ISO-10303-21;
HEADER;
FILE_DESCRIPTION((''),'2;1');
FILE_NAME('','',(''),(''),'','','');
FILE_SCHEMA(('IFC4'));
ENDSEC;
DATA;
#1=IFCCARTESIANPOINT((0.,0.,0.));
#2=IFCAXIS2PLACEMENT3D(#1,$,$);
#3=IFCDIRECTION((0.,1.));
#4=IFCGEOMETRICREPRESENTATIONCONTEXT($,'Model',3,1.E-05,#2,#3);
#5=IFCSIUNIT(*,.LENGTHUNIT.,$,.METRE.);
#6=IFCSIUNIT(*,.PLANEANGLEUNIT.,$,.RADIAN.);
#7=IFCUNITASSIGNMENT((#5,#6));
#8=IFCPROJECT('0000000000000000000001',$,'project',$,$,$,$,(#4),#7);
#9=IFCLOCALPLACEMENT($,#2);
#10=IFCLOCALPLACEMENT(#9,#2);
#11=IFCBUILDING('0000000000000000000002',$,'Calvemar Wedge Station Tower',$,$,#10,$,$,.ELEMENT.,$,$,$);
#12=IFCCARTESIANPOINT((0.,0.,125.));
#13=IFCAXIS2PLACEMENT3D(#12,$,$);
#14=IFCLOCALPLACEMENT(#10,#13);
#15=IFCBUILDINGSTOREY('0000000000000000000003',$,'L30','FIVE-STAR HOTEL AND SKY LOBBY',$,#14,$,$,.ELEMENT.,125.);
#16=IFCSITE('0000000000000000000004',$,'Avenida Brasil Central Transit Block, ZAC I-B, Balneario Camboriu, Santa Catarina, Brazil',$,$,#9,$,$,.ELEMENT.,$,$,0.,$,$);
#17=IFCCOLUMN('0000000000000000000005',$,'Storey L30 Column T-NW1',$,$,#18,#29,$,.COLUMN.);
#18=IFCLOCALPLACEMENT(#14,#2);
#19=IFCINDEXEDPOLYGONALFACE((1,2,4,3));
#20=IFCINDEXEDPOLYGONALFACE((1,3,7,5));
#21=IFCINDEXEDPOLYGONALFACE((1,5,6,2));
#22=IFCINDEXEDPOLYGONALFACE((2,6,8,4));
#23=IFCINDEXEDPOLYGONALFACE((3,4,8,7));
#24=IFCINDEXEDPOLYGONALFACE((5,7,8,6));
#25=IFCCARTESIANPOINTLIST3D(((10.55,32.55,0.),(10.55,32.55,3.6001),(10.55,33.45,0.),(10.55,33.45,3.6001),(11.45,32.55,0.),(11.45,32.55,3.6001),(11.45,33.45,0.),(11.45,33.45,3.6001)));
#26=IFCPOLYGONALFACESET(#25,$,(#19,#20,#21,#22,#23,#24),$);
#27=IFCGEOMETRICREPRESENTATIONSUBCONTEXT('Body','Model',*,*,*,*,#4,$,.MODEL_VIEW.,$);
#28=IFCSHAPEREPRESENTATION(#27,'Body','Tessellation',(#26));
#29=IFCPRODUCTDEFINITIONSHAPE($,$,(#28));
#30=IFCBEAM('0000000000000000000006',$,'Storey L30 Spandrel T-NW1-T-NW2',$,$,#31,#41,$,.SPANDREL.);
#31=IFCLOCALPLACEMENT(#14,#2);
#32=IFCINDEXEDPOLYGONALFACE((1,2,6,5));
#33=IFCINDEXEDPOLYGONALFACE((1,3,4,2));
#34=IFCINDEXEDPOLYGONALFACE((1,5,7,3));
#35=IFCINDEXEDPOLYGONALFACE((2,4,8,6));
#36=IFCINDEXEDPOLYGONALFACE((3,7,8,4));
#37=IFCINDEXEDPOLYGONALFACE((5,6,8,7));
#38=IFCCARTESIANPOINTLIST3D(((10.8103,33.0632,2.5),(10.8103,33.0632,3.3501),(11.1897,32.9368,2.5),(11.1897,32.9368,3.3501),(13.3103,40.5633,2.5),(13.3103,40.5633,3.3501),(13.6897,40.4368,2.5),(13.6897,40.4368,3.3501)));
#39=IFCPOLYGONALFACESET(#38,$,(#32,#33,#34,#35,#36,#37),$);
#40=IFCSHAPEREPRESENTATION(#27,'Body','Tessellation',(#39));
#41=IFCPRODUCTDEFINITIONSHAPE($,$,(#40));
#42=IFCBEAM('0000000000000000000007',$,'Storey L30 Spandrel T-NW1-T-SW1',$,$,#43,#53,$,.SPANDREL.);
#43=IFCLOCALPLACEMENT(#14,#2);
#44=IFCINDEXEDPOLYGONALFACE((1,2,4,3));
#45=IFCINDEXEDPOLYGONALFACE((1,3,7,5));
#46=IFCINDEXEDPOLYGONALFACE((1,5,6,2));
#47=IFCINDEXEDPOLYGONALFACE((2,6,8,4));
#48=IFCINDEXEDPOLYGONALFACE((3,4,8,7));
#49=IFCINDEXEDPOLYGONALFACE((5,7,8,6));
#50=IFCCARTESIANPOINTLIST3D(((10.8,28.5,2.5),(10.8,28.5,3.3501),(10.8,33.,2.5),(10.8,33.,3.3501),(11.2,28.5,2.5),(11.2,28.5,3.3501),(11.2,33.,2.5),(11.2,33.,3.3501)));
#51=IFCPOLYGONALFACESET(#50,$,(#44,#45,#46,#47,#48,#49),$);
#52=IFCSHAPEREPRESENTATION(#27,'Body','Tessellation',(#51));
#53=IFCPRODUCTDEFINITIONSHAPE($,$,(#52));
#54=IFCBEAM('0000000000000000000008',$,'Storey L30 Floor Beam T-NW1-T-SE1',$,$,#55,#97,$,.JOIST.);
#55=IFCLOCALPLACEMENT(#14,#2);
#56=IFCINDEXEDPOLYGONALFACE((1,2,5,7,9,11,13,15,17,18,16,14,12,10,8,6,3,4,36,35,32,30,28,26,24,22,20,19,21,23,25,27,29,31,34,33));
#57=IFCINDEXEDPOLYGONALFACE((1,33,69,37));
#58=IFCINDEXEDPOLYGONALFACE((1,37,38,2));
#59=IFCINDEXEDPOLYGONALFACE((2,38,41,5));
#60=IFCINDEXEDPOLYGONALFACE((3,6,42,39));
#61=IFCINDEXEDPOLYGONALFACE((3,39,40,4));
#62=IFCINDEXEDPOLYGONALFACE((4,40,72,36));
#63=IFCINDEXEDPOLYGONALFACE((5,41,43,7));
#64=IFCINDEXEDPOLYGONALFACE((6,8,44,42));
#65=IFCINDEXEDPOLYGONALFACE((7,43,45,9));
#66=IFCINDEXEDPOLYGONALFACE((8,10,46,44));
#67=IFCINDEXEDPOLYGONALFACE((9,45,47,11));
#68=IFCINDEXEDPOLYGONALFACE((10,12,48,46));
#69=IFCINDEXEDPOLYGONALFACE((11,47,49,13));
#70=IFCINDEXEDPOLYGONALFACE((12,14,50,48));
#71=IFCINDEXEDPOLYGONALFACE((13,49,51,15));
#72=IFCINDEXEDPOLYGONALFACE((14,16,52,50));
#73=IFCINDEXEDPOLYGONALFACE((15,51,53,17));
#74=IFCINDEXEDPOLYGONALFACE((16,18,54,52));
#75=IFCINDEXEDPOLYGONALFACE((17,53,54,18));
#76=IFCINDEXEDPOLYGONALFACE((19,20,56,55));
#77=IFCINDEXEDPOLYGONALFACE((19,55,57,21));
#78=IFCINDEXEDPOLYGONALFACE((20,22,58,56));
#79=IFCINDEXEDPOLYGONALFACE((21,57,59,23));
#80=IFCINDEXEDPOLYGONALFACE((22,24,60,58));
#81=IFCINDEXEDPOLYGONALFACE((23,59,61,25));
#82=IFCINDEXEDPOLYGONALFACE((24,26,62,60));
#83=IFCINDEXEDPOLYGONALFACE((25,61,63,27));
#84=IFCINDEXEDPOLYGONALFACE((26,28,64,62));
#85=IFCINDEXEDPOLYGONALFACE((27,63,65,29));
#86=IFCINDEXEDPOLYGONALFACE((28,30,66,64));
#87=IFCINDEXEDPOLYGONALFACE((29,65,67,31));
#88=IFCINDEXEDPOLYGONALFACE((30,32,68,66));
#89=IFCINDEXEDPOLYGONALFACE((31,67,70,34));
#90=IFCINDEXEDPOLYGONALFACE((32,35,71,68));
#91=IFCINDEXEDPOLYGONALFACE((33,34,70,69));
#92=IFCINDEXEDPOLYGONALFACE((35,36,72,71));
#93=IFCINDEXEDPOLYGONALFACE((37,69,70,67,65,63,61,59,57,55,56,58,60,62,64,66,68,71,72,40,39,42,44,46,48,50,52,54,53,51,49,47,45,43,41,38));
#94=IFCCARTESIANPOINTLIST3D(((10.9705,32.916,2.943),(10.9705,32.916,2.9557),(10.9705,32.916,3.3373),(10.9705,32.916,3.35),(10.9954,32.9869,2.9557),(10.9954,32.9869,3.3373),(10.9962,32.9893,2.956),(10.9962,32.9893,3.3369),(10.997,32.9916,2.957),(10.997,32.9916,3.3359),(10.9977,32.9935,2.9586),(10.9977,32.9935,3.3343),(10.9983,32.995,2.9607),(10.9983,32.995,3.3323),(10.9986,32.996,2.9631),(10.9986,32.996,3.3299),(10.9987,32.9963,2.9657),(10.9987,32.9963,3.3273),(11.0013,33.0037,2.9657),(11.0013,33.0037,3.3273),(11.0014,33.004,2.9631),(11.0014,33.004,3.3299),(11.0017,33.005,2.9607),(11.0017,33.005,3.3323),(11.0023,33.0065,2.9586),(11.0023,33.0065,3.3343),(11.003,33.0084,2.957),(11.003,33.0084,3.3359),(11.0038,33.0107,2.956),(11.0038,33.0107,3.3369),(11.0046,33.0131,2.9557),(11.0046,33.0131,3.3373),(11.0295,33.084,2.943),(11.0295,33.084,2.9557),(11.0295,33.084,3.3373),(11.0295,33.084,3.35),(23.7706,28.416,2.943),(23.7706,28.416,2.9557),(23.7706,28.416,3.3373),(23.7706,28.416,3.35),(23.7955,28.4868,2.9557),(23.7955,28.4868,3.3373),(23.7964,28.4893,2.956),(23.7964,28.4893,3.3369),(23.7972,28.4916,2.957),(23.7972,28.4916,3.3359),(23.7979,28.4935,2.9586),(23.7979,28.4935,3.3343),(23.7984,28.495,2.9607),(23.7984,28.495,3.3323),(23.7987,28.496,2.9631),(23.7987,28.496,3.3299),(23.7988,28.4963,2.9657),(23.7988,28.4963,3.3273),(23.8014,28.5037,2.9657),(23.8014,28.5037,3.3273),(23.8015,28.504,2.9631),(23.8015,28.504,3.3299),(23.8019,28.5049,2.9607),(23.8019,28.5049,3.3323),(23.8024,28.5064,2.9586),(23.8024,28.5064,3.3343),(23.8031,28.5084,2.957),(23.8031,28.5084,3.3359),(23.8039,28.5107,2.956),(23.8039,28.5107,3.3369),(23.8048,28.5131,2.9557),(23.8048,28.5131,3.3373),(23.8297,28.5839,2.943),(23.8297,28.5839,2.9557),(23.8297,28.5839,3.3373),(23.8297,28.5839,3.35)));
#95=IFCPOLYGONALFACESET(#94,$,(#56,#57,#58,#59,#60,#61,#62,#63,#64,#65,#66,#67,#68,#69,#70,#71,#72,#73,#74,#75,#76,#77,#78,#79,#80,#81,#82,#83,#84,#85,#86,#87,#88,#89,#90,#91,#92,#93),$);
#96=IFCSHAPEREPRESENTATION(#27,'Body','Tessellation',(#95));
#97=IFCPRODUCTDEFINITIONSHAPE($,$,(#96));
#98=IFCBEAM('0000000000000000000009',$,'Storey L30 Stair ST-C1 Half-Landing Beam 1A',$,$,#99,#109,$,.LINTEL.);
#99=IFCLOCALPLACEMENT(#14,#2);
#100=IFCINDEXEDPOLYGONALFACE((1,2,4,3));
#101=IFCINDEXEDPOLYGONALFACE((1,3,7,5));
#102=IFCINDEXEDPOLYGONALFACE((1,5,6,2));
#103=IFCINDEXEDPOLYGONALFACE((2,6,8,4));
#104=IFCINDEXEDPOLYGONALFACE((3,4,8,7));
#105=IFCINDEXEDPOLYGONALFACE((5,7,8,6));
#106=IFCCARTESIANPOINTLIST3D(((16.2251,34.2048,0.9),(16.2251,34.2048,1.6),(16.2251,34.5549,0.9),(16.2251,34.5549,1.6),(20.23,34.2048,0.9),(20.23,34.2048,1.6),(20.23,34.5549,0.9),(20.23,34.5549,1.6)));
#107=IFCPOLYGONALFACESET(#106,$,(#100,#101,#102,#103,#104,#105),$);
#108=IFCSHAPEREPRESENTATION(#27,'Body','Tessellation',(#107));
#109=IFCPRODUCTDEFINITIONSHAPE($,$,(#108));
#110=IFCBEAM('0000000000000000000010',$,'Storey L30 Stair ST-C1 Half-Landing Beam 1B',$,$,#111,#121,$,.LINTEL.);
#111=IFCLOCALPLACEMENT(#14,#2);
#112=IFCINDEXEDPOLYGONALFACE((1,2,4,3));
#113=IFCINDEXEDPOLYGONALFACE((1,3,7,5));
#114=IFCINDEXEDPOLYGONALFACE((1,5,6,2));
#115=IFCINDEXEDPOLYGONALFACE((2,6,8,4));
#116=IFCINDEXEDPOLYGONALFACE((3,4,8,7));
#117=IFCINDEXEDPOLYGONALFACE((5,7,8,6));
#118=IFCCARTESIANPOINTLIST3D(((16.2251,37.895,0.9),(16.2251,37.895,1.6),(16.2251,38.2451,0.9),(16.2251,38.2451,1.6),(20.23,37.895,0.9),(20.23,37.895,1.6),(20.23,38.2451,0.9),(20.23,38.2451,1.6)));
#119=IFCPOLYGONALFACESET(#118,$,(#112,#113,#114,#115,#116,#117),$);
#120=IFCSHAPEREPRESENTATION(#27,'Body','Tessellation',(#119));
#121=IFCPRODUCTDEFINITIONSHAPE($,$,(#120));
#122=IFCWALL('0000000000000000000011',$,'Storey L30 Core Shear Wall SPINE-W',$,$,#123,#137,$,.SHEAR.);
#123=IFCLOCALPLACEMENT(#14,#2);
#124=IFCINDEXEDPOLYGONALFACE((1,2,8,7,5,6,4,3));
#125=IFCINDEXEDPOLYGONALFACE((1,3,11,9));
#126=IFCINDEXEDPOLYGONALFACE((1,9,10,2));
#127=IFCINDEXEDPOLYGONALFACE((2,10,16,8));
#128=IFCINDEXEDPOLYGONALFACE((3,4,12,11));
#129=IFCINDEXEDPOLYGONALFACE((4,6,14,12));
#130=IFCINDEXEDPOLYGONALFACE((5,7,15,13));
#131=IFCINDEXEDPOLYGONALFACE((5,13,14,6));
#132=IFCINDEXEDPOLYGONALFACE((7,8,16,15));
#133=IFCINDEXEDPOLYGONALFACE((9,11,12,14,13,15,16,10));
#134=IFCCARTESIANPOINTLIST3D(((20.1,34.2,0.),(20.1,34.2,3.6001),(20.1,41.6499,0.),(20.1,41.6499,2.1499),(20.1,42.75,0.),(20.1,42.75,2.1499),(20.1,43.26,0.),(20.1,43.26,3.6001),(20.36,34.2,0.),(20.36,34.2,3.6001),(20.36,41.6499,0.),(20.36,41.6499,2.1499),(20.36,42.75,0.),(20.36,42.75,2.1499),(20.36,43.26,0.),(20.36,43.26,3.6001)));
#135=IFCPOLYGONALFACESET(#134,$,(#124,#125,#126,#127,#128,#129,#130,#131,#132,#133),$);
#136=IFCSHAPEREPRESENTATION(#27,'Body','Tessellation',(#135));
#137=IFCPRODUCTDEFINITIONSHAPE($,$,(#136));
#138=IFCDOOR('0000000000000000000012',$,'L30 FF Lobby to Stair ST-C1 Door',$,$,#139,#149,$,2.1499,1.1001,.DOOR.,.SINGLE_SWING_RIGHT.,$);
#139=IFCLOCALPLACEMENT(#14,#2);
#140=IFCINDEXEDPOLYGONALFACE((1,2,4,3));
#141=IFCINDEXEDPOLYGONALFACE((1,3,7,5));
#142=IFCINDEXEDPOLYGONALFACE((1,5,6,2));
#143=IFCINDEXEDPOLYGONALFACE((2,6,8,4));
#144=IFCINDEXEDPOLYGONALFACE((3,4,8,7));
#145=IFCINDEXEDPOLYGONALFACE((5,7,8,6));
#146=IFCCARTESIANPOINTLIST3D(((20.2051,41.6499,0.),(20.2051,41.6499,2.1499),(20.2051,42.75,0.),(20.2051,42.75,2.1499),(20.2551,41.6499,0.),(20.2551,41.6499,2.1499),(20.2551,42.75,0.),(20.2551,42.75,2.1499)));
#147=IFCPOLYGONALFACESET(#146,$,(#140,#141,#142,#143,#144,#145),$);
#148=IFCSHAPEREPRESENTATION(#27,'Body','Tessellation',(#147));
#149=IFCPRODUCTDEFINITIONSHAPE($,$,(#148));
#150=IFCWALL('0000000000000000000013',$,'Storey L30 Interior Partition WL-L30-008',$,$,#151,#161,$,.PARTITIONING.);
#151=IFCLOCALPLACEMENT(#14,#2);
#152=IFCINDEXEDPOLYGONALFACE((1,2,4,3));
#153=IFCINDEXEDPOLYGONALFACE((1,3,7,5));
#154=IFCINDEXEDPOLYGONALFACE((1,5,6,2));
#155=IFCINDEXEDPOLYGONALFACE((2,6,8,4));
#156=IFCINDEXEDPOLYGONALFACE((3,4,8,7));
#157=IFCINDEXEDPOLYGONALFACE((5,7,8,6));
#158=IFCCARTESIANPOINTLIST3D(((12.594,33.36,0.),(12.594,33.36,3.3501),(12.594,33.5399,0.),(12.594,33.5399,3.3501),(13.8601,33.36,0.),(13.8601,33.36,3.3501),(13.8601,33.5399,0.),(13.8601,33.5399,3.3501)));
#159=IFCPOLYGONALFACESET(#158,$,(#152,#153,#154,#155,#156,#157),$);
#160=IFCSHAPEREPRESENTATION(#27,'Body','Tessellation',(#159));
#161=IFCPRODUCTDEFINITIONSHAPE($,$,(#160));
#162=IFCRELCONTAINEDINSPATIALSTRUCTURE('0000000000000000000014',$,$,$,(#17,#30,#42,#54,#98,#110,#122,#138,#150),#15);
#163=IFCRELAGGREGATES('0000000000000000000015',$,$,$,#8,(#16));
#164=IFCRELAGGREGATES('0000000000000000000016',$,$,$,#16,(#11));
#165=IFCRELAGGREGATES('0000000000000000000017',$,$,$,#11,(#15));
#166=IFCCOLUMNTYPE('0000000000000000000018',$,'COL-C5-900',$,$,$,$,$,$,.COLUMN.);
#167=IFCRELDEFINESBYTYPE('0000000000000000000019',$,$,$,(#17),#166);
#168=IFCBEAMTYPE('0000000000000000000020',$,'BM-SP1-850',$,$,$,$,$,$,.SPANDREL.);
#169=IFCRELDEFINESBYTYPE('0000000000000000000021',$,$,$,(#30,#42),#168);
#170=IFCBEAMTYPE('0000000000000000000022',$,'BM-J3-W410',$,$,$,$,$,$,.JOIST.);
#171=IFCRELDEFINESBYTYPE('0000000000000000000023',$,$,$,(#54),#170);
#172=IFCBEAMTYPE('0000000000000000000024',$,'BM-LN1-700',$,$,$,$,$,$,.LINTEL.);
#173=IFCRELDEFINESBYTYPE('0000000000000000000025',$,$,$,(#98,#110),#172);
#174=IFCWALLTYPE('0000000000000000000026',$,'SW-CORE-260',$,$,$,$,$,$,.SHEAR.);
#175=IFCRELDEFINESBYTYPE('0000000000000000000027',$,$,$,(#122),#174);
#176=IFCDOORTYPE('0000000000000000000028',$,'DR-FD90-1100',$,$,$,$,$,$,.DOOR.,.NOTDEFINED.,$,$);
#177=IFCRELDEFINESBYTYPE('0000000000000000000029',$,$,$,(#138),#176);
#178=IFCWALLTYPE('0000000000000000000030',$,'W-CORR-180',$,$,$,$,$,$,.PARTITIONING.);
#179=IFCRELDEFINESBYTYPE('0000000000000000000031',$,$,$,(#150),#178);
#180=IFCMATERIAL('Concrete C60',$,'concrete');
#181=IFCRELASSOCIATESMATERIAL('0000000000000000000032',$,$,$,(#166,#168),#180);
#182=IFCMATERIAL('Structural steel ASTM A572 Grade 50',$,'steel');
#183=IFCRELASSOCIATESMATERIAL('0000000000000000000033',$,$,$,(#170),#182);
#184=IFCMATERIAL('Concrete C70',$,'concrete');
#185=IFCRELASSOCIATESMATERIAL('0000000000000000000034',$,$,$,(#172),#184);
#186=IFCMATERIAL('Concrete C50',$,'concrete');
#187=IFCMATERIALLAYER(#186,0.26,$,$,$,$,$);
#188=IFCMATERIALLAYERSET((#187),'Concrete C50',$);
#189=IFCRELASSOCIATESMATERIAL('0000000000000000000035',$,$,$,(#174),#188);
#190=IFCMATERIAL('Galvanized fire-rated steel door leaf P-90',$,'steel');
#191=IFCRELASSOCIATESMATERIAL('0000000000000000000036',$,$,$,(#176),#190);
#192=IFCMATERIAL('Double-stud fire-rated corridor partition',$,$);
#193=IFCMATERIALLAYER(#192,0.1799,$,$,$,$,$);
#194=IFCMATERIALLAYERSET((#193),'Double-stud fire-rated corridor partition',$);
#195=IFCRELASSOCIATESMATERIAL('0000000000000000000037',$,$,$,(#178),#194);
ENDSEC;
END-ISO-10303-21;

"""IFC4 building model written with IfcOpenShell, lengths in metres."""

from ifc_helpers import new_model, si_unit, direction, frame, frame_2d, origin, origin_2d, place, context, subcontext, project, spatial, rectangle, i_section, extrude, source, transform, mapped, material, layer, layer_set, material_profile, profile_set, type_object, element, fill, save


model = new_model("IFC4")

# Units and contexts
model_context = context("Model", 3, precision=1e-05, world=origin(), true_north=direction((0.0, 1.0)))
body_context = subcontext(model_context, "Body", "Model", "MODEL_VIEW")
ifc_project = project(units=[si_unit("LENGTHUNIT", "METRE"), si_unit("PLANEANGLEUNIT", "RADIAN")], contexts=[model_context])

# Site, building, storey
site_placement = place(None, origin())
site = spatial("IfcSite", under=ifc_project, at=site_placement, Name="Avenida Brasil Central Transit Block, ZAC I-B, Balneario Camboriu, Santa Catarina, Brazil", CompositionType="ELEMENT", RefElevation=0.0)
building_placement = place(site_placement, origin())
building = spatial("IfcBuilding", under=site, at=building_placement, Name="Calvemar Wedge Station Tower", CompositionType="ELEMENT")
storey_placement = place(building_placement, frame((0.0, 0.0, 125.0)))
storey = spatial("IfcBuildingStorey", under=building, at=storey_placement, Name="L30", Description="FIVE-STAR HOTEL AND SKY LOBBY", CompositionType="ELEMENT", Elevation=125.0)

# Column
ifc_material_1 = material(Name="Concrete C60", Category="concrete")
ifc_material_profile_1 = material_profile(ifc_material_1, rectangle(XDim=0.8999, YDim=0.8999, at=origin_2d()), Name="RC900x900")
ifc_profile_set_1 = profile_set([ifc_material_profile_1], Name="Concrete C60")
column_type = type_object("IfcColumnType", Name="COL-C5-900", PredefinedType="COLUMN", material=ifc_profile_set_1)
shared_shape_1 = source(origin(), body_context, "Body", "SweptSolid", [
    extrude(rectangle(XDim=0.8999, YDim=0.8999, at=origin_2d()), origin(), (0.0, 0.0, 1.0), 3.6001),
])
column_placement = place(storey_placement, frame((11.0, 33.0, 0.0), z_axis=(0.0, 0.0, 1.0), x_axis=(1.0, 0.0, 0.0)))
element("IfcColumn", 1, at=column_placement, inside=storey, type_object=column_type, Name="Storey L30 Column T-NW1", PredefinedType="COLUMN", context=body_context, shape_type="MappedRepresentation", body=[
    mapped(shared_shape_1, transform((0.0, 0.0, 0.0), scale=1.0)),
])

# Beams
ifc_material_profile_2 = material_profile(ifc_material_1, rectangle(XDim=0.3999, YDim=0.8501, at=origin_2d()), Name="RC400x850")
ifc_profile_set_2 = profile_set([ifc_material_profile_2], Name="Concrete C60")
beam_type_1 = type_object("IfcBeamType", Name="BM-SP1-850", PredefinedType="SPANDREL", material=ifc_profile_set_2)
shared_shape_2 = source(origin(), body_context, "Body", "SweptSolid", [
    extrude(rectangle(XDim=0.3999, YDim=0.8501, at=origin_2d()), origin(), (0.0, 0.0, 1.0), 7.9058),
])
beam_1_placement = place(storey_placement, frame((11.0, 33.0, 2.925), z_axis=(0.316228, 0.948683, 0.0), x_axis=(-0.948683, 0.316228, 0.0)))
element("IfcBeam", 2, at=beam_1_placement, inside=storey, type_object=beam_type_1, Name="Storey L30 Spandrel T-NW1-T-NW2", PredefinedType="SPANDREL", context=body_context, shape_type="MappedRepresentation", body=[
    mapped(shared_shape_2, transform((0.0, 0.0, 0.0), scale=1.0)),
])
shared_shape_3 = source(origin(), body_context, "Body", "SweptSolid", [
    extrude(rectangle(XDim=0.3999, YDim=0.8501, at=origin_2d()), origin(), (0.0, 0.0, 1.0), 4.5),
])
beam_2_placement = place(storey_placement, frame((11.0, 33.0, 2.925), z_axis=(0.0, -1.0, 0.0), x_axis=(1.0, 0.0, 0.0)))
element("IfcBeam", 3, at=beam_2_placement, inside=storey, type_object=beam_type_1, Name="Storey L30 Spandrel T-NW1-T-SW1", PredefinedType="SPANDREL", context=body_context, shape_type="MappedRepresentation", body=[
    mapped(shared_shape_3, transform((0.0, 0.0, 0.0), scale=1.0)),
])
ifc_material_2 = material(Name="Structural steel ASTM A572 Grade 50", Category="steel")
ifc_material_profile_3 = material_profile(ifc_material_2, i_section(OverallWidth=0.178, OverallDepth=0.407, WebThickness=0.0078, FlangeThickness=0.0127, FilletRadius=0.01, at=origin_2d()), Name="W410x60")
ifc_profile_set_3 = profile_set([ifc_material_profile_3], Name="Structural steel ASTM A572 Grade 50")
beam_type_2 = type_object("IfcBeamType", Name="BM-J3-W410", PredefinedType="JOIST", material=ifc_profile_set_3)
shared_shape_4 = source(origin(), body_context, "Body", "SweptSolid", [
    extrude(i_section(OverallWidth=0.178, OverallDepth=0.407, WebThickness=0.0078, FlangeThickness=0.0127, FilletRadius=0.01, at=origin_2d()), origin(), (0.0, 0.0, 1.0), 13.5681),
])
beam_3_placement = place(storey_placement, frame((11.0, 33.0, 3.1465), z_axis=(0.943398, -0.331662, 0.0), x_axis=(0.331662, 0.943398, 0.0)))
element("IfcBeam", 4, at=beam_3_placement, inside=storey, type_object=beam_type_2, Name="Storey L30 Floor Beam T-NW1-T-SE1", PredefinedType="JOIST", context=body_context, shape_type="MappedRepresentation", body=[
    mapped(shared_shape_4, transform((0.0, 0.0, 0.0), scale=1.0)),
])
ifc_material_3 = material(Name="Concrete C70", Category="concrete")
ifc_material_profile_4 = material_profile(ifc_material_3, rectangle(XDim=0.3501, YDim=0.7, at=origin_2d()), Name="RC350x700")
ifc_profile_set_4 = profile_set([ifc_material_profile_4], Name="Concrete C70")
beam_type_3 = type_object("IfcBeamType", Name="BM-LN1-700", PredefinedType="LINTEL", material=ifc_profile_set_4)
shared_shape_5 = source(origin(), body_context, "Body", "SweptSolid", [
    extrude(rectangle(XDim=0.3501, YDim=0.7, at=origin_2d()), origin(), (0.0, 0.0, 1.0), 4.0049),
])
for number, where, z_axis, x_axis, name in (
    (5, (16.2251, 34.3799, 1.25), (1.0, 0.0, 0.0), (0.0, 1.0, 0.0), "Storey L30 Stair ST-C1 Half-Landing Beam 1A"),
    (6, (16.2251, 38.0701, 1.25), (1.0, 0.0, 0.0), (0.0, 1.0, 0.0), "Storey L30 Stair ST-C1 Half-Landing Beam 1B"),
):
    element("IfcBeam", number, at=place(storey_placement, frame(where, z_axis=z_axis, x_axis=x_axis)), inside=storey, type_object=beam_type_3, Name=name, PredefinedType="LINTEL", context=body_context, shape_type="MappedRepresentation", body=[
        mapped(shared_shape_5, transform((0.0, 0.0, 0.0), scale=1.0)),
    ])

# Wall, opening, door
ifc_material_4 = material(Name="Concrete C50", Category="concrete")
ifc_layer_1 = layer(ifc_material_4, 0.26)
ifc_layer_set_1 = layer_set([ifc_layer_1], Name="Concrete C50")
wall_type_1 = type_object("IfcWallType", Name="SW-CORE-260", PredefinedType="SHEAR", material=ifc_layer_set_1)
wall_1_placement = place(storey_placement, frame((20.23, 34.2, 0.0), z_axis=(0.0, 0.0, 1.0), x_axis=(0.0, 1.0, 0.0)))
wall_1 = element("IfcWall", 7, at=wall_1_placement, inside=storey, type_object=wall_type_1, Name="Storey L30 Core Shear Wall SPINE-W", PredefinedType="SHEAR", context=body_context, shape_type="SweptSolid", body=[
    extrude(rectangle(XDim=9.0601, YDim=0.26, at=frame_2d((4.53, 0.0))), origin(), (0.0, 0.0, 1.0), 3.6001),
])
shared_shape_6 = source(origin(), body_context, "Body", "SweptSolid", [
    extrude(rectangle(XDim=1.1001, YDim=2.1499, at=frame_2d((0.55, 1.075))), frame((0.0, 0.1401, 0.0), z_axis=(0.0, -1.0, 0.0), x_axis=(1.0, 0.0, 0.0)), (0.0, 0.0, 1.0), 0.28),
])
opening_1_placement = place(wall_1_placement, frame((7.45, 0.0, 0.0)))
opening_1 = element("IfcOpeningElement", 8, at=opening_1_placement, cuts=wall_1, PredefinedType="OPENING", context=body_context, shape_type="MappedRepresentation", body=[
    mapped(shared_shape_6, transform((0.0, 0.0, 0.0), scale=1.0)),
])
ifc_material_5 = material(Name="Galvanized fire-rated steel door leaf P-90", Category="steel")
door_type_1 = type_object("IfcDoorType", Name="DR-FD90-1100", OperationType="NOTDEFINED", PredefinedType="DOOR", material=ifc_material_5)
shared_shape_7 = source(origin(), body_context, "Body", "SweptSolid", [
    extrude(rectangle(XDim=1.1001, YDim=2.1499, at=frame_2d((0.55, 1.075))), frame((0.0, 0.0249, 0.0), z_axis=(0.0, -1.0, 0.0), x_axis=(1.0, 0.0, 0.0)), (0.0, 0.0, 1.0), 0.05),
])
door_1_placement = place(opening_1_placement, origin())
door_1 = element("IfcDoor", 9, at=door_1_placement, inside=storey, type_object=door_type_1, Name="L30 FF Lobby to Stair ST-C1 Door", OperationType="SINGLE_SWING_RIGHT", OverallHeight=2.1499, OverallWidth=1.1001, PredefinedType="DOOR", context=body_context, shape_type="MappedRepresentation", body=[
    mapped(shared_shape_7, transform((0.0, 0.0, 0.0), scale=1.0)),
])
fill(opening_1, door_1)

# Wall
ifc_material_6 = material(Name="Double-stud fire-rated corridor partition")
ifc_layer_2 = layer(ifc_material_6, 0.1799)
ifc_layer_set_2 = layer_set([ifc_layer_2], Name="Double-stud fire-rated corridor partition")
wall_type_2 = type_object("IfcWallType", Name="W-CORR-180", PredefinedType="PARTITIONING", material=ifc_layer_set_2)
wall_2_placement = place(storey_placement, frame((12.594, 33.45, 0.0), z_axis=(0.0, 0.0, 1.0), x_axis=(1.0, 0.0, 0.0)))
element("IfcWall", 10, at=wall_2_placement, inside=storey, type_object=wall_type_2, Name="Storey L30 Interior Partition WL-L30-008", PredefinedType="PARTITIONING", context=body_context, shape_type="SweptSolid", body=[
    extrude(rectangle(XDim=1.2661, YDim=0.1799, at=frame_2d((0.6331, 0.0))), origin(), (0.0, 0.0, 1.0), 3.3501),
])

save(model, "model.ifc")
